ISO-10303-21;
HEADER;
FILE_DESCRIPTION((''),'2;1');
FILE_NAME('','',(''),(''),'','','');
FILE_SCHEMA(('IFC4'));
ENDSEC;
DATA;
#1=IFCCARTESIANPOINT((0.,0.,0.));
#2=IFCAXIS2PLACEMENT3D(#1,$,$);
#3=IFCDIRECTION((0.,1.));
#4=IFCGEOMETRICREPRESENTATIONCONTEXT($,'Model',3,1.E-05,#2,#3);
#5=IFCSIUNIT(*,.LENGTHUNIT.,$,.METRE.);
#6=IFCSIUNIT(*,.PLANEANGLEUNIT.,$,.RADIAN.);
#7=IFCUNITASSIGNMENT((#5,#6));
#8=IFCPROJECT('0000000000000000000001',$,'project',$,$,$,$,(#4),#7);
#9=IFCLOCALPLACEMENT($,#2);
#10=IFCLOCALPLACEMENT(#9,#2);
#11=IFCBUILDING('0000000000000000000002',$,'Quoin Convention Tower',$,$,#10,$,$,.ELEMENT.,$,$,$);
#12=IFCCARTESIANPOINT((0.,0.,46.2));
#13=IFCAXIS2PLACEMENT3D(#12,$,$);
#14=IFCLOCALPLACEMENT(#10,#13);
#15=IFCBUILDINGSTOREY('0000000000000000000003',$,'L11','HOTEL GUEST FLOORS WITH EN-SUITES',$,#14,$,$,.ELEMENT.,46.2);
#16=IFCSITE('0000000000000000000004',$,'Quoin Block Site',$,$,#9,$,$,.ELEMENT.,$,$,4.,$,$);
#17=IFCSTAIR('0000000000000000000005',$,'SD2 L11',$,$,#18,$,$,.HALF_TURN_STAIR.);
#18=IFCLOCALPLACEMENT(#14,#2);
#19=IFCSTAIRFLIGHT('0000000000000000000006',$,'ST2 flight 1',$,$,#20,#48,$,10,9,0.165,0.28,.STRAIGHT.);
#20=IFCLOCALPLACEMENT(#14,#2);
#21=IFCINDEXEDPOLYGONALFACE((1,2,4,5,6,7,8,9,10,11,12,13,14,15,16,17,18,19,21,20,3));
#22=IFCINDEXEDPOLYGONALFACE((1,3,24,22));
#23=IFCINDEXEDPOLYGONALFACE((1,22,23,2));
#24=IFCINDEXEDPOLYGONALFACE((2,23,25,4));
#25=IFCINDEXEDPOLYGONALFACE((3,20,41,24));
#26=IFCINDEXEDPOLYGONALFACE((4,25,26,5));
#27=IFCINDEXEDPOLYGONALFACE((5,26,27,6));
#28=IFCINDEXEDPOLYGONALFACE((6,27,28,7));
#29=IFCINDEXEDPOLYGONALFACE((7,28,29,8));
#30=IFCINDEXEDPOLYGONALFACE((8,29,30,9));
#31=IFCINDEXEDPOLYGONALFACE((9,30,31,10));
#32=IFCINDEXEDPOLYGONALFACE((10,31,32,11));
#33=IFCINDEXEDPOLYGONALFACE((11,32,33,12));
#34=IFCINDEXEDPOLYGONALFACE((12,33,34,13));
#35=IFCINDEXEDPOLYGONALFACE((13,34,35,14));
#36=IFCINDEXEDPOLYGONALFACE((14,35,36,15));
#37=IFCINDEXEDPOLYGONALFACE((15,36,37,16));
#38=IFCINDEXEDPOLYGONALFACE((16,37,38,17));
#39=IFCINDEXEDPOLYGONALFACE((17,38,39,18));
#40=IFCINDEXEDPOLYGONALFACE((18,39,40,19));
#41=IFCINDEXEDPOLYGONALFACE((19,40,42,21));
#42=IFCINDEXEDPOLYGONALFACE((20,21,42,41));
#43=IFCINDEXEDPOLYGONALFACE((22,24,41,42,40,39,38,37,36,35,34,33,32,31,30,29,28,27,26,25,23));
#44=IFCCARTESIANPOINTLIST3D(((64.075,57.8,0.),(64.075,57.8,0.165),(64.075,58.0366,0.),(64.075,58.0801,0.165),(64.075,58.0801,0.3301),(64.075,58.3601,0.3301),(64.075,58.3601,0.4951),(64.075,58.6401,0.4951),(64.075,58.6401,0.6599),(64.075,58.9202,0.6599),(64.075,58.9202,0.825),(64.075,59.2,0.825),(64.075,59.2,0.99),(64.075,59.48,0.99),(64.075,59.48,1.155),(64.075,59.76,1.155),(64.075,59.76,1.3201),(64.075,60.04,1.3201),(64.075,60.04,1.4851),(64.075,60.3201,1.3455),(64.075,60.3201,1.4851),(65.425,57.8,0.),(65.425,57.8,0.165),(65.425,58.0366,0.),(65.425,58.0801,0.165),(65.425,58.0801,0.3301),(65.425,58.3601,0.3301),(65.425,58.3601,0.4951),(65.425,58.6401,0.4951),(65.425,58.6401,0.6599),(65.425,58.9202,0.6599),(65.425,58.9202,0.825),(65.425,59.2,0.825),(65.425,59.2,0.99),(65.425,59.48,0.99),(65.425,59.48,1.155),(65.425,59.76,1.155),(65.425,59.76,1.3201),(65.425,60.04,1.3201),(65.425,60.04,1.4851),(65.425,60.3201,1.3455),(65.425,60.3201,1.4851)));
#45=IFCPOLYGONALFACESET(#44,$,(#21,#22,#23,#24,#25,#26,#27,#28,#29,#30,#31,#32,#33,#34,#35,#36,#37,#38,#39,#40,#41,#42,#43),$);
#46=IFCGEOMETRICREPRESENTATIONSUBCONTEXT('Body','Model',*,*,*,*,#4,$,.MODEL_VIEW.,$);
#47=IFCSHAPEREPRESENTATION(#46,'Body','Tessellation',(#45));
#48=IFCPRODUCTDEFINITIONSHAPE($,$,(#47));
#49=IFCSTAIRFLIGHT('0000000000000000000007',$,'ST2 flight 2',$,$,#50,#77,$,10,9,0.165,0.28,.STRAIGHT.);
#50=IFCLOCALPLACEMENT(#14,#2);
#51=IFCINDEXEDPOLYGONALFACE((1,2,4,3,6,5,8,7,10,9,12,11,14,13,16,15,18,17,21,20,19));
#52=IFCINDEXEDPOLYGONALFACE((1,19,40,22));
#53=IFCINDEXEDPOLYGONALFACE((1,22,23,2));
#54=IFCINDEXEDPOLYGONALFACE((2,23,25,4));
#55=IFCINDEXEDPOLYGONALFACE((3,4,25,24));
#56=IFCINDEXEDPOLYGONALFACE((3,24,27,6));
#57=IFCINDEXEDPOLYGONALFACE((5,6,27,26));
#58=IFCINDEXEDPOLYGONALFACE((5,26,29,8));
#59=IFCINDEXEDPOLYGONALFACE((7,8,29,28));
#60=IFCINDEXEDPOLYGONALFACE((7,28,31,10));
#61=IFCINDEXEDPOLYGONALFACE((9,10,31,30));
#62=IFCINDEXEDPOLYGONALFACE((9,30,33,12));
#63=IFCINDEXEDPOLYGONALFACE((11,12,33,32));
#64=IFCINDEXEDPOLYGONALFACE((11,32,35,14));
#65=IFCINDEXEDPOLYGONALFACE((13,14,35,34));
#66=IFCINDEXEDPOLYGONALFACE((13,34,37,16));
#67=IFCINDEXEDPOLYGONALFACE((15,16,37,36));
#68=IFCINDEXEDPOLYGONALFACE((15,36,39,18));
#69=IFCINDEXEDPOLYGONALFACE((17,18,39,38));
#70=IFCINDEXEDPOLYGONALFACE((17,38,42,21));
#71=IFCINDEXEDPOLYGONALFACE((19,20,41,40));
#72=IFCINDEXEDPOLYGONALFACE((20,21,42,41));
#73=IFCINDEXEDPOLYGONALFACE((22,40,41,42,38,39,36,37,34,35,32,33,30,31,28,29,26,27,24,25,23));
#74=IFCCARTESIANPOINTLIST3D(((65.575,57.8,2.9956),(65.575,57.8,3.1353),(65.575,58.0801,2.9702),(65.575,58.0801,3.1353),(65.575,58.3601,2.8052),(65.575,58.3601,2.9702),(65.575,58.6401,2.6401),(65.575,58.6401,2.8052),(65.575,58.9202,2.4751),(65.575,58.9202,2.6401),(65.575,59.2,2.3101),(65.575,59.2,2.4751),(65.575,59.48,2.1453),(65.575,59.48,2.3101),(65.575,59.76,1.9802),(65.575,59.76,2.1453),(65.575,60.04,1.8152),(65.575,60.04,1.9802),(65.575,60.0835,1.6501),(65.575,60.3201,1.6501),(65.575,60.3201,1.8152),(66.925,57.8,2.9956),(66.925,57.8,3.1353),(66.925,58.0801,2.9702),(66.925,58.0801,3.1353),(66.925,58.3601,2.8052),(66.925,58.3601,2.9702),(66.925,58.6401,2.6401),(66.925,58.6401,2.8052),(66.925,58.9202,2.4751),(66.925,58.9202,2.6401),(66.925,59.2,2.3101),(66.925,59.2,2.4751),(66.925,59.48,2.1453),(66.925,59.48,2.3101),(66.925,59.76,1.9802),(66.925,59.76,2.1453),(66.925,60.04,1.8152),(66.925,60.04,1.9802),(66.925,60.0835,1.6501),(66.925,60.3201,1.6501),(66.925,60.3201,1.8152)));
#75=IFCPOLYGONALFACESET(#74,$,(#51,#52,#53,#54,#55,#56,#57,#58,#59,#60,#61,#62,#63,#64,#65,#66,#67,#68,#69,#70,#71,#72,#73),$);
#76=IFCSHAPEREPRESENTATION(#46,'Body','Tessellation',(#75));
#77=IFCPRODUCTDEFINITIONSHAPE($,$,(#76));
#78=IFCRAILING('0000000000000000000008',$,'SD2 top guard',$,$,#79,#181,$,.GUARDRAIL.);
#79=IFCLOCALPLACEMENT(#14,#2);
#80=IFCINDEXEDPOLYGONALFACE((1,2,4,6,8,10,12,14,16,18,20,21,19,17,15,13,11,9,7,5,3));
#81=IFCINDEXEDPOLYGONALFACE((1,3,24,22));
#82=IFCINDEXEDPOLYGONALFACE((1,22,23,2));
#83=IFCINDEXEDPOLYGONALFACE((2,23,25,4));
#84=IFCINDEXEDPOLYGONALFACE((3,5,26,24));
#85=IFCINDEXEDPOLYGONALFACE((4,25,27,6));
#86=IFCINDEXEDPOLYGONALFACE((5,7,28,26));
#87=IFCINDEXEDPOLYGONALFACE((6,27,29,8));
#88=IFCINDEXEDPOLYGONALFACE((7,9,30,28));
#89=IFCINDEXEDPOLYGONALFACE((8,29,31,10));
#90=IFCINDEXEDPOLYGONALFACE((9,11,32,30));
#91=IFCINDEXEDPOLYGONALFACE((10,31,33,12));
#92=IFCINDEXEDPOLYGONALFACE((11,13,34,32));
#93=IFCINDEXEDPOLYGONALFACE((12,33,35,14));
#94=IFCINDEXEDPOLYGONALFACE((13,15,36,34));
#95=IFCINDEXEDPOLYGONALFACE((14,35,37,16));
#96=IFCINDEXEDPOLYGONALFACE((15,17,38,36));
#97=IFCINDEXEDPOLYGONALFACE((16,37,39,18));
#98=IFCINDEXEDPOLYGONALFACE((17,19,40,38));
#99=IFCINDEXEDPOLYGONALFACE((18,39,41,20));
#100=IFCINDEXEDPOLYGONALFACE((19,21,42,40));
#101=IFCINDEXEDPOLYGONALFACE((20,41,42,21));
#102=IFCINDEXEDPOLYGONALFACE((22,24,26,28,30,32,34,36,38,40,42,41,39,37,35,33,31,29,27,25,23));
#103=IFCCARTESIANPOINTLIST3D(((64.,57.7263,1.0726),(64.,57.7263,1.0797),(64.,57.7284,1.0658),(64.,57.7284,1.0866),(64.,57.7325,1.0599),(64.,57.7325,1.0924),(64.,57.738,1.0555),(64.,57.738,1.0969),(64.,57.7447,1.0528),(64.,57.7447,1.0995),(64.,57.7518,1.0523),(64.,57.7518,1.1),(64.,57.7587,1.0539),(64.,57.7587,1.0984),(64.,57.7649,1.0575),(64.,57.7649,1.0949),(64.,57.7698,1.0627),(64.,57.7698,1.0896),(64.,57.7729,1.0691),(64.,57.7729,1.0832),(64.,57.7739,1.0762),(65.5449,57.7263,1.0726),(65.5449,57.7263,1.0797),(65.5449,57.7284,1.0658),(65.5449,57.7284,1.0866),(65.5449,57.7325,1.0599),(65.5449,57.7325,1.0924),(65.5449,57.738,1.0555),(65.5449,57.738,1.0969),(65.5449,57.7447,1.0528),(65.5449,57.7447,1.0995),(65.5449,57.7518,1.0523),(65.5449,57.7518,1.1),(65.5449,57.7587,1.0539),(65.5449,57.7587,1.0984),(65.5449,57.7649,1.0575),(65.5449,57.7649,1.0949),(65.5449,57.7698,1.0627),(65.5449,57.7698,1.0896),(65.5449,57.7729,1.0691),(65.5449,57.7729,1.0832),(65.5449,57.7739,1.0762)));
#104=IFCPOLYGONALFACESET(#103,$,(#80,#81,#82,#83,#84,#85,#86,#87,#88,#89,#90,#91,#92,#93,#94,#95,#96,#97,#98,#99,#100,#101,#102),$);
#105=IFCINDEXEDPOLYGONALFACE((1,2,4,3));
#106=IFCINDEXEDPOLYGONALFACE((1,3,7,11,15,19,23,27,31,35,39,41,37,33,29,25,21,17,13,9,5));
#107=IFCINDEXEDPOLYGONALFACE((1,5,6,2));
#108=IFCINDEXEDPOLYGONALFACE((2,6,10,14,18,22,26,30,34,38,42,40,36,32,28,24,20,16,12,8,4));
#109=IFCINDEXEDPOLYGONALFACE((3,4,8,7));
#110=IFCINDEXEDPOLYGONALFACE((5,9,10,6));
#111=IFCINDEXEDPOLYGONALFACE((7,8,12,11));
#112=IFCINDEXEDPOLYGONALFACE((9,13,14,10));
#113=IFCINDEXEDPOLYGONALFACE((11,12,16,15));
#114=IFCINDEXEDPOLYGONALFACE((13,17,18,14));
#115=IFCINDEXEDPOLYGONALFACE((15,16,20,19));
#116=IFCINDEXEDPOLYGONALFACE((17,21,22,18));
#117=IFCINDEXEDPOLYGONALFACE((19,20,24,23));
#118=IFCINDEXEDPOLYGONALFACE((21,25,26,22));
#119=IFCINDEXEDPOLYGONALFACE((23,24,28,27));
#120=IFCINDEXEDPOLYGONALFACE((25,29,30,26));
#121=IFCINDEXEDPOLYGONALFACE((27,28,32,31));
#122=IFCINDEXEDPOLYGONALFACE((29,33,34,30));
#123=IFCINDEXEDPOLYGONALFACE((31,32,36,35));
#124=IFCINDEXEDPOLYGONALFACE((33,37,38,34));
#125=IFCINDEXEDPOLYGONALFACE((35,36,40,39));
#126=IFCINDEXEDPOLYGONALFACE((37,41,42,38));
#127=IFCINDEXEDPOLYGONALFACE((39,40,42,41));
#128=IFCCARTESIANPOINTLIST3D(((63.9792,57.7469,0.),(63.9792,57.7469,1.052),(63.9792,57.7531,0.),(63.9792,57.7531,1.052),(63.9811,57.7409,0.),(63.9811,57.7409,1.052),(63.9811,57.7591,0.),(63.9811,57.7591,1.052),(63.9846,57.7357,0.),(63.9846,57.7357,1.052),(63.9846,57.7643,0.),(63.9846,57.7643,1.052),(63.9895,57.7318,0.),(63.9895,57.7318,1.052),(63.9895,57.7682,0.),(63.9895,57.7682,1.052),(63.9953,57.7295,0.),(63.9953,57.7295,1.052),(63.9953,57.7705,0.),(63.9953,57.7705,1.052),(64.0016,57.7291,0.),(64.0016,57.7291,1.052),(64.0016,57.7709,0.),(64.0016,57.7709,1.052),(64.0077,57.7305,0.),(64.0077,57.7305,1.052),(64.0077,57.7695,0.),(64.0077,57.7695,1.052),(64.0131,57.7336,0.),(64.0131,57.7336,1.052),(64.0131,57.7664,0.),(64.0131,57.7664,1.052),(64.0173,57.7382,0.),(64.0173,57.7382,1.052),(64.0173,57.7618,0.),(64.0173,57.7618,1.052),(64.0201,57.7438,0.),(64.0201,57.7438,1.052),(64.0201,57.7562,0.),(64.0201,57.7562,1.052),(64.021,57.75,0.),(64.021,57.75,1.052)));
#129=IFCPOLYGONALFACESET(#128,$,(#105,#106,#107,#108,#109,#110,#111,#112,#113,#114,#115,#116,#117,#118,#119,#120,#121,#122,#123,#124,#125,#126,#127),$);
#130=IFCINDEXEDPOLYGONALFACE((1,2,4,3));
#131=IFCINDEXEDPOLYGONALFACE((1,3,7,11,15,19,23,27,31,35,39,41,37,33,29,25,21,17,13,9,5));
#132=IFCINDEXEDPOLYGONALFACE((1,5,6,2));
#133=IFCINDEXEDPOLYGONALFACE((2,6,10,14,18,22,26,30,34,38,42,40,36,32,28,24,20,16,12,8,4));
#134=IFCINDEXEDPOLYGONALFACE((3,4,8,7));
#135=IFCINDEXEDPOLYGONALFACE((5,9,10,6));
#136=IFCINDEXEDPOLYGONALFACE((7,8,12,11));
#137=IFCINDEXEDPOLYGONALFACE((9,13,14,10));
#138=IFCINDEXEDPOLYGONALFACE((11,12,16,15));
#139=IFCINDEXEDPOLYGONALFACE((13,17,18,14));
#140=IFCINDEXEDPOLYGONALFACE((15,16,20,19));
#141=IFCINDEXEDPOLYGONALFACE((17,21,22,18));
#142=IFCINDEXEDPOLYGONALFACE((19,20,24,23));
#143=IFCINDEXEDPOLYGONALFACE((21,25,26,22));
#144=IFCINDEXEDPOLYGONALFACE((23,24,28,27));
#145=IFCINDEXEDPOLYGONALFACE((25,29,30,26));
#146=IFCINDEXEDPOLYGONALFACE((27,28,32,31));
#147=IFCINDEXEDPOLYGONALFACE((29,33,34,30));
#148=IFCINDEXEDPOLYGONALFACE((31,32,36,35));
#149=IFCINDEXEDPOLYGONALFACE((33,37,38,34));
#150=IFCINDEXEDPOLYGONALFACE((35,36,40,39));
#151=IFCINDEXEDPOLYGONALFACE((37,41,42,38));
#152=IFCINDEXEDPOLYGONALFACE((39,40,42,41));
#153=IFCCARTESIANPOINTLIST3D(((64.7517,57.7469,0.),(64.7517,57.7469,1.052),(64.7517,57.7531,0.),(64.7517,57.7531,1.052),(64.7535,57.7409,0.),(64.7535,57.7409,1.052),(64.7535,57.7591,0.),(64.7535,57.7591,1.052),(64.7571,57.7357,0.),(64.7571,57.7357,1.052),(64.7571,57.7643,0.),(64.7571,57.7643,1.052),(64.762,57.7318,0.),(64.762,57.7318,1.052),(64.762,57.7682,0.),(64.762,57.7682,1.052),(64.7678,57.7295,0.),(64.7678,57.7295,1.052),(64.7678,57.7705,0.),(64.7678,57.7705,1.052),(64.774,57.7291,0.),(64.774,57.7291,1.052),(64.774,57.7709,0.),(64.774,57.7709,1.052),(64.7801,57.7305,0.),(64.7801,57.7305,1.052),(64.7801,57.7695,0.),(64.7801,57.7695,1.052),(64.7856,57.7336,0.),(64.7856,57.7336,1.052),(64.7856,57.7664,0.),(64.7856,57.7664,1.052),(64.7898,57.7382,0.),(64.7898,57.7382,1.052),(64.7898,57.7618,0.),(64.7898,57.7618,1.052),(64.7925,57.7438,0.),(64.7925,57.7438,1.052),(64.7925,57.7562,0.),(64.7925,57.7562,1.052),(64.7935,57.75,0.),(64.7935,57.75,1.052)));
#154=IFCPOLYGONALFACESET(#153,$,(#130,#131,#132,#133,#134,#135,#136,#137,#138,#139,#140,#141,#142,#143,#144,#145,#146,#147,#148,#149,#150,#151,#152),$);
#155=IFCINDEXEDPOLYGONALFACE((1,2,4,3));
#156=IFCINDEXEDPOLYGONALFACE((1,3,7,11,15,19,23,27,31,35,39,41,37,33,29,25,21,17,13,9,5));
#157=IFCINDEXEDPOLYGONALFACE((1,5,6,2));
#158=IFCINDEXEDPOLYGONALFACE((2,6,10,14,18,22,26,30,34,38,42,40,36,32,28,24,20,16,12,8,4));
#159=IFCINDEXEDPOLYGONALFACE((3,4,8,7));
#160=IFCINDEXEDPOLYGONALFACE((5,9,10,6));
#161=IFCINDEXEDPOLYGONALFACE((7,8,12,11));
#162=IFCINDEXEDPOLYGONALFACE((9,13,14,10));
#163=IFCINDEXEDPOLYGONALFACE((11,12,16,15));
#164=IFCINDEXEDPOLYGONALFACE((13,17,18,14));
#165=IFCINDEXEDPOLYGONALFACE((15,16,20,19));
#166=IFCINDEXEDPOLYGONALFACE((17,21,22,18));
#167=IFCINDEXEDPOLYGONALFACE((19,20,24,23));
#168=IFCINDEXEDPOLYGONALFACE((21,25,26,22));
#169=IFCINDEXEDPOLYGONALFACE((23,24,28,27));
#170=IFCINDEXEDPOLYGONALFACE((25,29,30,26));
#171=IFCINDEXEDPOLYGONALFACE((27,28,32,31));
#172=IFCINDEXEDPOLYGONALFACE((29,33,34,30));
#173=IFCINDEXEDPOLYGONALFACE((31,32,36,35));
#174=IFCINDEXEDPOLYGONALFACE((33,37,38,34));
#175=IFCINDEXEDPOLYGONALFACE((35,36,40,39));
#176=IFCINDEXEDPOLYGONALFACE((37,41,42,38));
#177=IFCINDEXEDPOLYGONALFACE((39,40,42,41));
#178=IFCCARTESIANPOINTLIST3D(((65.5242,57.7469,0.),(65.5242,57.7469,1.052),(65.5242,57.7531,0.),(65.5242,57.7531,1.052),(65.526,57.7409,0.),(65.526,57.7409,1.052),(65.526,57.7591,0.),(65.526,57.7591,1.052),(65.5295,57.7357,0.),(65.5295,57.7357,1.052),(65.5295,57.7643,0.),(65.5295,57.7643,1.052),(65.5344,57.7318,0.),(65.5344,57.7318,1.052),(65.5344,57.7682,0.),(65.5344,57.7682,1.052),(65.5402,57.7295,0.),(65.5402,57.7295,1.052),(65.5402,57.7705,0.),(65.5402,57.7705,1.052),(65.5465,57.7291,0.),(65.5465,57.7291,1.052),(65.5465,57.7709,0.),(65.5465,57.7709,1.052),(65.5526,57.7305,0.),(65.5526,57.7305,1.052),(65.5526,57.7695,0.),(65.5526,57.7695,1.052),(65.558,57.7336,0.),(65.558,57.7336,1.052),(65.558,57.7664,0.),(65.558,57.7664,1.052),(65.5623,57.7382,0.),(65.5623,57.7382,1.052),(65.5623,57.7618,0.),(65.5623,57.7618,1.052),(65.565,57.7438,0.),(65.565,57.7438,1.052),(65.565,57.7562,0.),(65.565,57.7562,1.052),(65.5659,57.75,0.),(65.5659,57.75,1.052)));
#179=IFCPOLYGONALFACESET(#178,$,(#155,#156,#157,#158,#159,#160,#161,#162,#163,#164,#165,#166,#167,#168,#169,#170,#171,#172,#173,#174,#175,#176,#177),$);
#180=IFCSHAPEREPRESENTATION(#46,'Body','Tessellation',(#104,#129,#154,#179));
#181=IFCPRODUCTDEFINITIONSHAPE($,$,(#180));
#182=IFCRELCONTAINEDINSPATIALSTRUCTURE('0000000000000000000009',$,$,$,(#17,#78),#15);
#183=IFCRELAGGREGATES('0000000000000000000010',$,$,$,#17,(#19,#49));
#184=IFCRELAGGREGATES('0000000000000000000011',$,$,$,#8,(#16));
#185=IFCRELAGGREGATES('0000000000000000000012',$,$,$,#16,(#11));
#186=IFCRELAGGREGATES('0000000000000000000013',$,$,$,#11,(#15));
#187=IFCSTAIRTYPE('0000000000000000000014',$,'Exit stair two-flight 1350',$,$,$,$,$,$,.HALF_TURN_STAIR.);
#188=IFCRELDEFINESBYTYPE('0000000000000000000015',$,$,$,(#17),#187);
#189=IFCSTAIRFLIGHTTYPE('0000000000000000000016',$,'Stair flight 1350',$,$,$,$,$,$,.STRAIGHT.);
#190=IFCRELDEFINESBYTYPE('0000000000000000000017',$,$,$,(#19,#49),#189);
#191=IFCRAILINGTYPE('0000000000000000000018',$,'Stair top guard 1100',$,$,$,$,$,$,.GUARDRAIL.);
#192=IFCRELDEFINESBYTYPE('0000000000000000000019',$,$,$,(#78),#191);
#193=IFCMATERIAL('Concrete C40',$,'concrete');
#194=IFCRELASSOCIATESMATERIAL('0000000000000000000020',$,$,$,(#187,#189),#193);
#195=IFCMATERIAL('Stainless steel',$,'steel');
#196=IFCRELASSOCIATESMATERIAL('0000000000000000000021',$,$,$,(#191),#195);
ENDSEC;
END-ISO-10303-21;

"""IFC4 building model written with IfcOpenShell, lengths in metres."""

from ifc_helpers import new_model, si_unit, direction, frame, origin, origin_2d, place, context, subcontext, project, spatial, polyline, circle, outline, extrude, material, type_object, element, aggregate, save


model = new_model("IFC4")

# Units and contexts
model_context = context("Model", 3, precision=1e-05, world=origin(), true_north=direction((0.0, 1.0)))
body_context = subcontext(model_context, "Body", "Model", "MODEL_VIEW")
ifc_project = project(units=[si_unit("LENGTHUNIT", "METRE"), si_unit("PLANEANGLEUNIT", "RADIAN")], contexts=[model_context])

# Site, building, storey
site_placement = place(None, origin())
site = spatial("IfcSite", under=ifc_project, at=site_placement, Name="Quoin Block Site", CompositionType="ELEMENT", RefElevation=4.0)
building_placement = place(site_placement, origin())
building = spatial("IfcBuilding", under=site, at=building_placement, Name="Quoin Convention Tower", CompositionType="ELEMENT")
storey_placement = place(building_placement, frame((0.0, 0.0, 46.2)))
storey = spatial("IfcBuildingStorey", under=building, at=storey_placement, Name="L11", Description="HOTEL GUEST FLOORS WITH EN-SUITES", CompositionType="ELEMENT", Elevation=46.2)

# Stair, stair flights
ifc_material_1 = material(Name="Concrete C40", Category="concrete")
stair_type = type_object("IfcStairType", Name="Exit stair two-flight 1350", PredefinedType="HALF_TURN_STAIR", material=ifc_material_1)
stair_placement = place(storey_placement, origin())
stair = element("IfcStair", 1, at=stair_placement, inside=storey, type_object=stair_type, Name="SD2 L11", PredefinedType="HALF_TURN_STAIR")
stair_flight_type = type_object("IfcStairFlightType", Name="Stair flight 1350", PredefinedType="STRAIGHT", material=ifc_material_1)
stair_flight_1_placement = place(storey_placement, frame((64.75, 57.8, 0.0), z_axis=(0.0, 0.0, 1.0), x_axis=(0.0, 1.0, 0.0)))
stair_flight_1 = element("IfcStairFlight", 2, at=stair_flight_1_placement, type_object=stair_flight_type, Name="ST2 flight 1", NumberOfRisers=10, NumberOfTreads=9, PredefinedType="STRAIGHT", RiserHeight=0.165, TreadLength=0.28, context=body_context, shape_type="SweptSolid", body=[
    extrude(outline(polyline([(0.0, 0.0), (0.0, 0.165), (0.28, 0.165), (0.28, 0.3301), (0.5601, 0.3301), (0.5601, 0.4951), (0.8401, 0.4951), (0.8401, 0.6599), (1.1201, 0.6599), (1.1201, 0.825), (1.3999, 0.825), (1.3999, 0.99), (1.6799, 0.99), (1.6799, 1.155), (1.96, 1.155), (1.96, 1.3201), (2.24, 1.3201), (2.24, 1.4851), (2.52, 1.4851), (2.52, 1.6499), (2.52, 1.3455), (0.2366, 0.0), (0.0, 0.0)])), frame((0.0, 0.675, 0.0), z_axis=(0.0, -1.0, 0.0), x_axis=(1.0, 0.0, 0.0)), (0.0, 0.0, 1.0), 1.3501),
])
stair_flight_2_placement = place(storey_placement, frame((66.25, 60.3201, 1.6501), z_axis=(0.0, 0.0, 1.0), x_axis=(0.0, -1.0, 0.0)))
stair_flight_2 = element("IfcStairFlight", 3, at=stair_flight_2_placement, type_object=stair_flight_type, Name="ST2 flight 2", NumberOfRisers=10, NumberOfTreads=9, PredefinedType="STRAIGHT", RiserHeight=0.165, TreadLength=0.28, context=body_context, shape_type="SweptSolid", body=[
    extrude(outline(polyline([(0.0, 0.0), (0.0, 0.165), (0.28, 0.165), (0.28, 0.3301), (0.5601, 0.3301), (0.5601, 0.4951), (0.8401, 0.4951), (0.8401, 0.6599), (1.1201, 0.6599), (1.1201, 0.825), (1.3999, 0.825), (1.3999, 0.99), (1.6799, 0.99), (1.6799, 1.155), (1.96, 1.155), (1.96, 1.3201), (2.24, 1.3201), (2.24, 1.4851), (2.52, 1.4851), (2.52, 1.6499), (2.52, 1.3455), (0.2366, 0.0), (0.0, 0.0)])), frame((0.0, 0.675, 0.0), z_axis=(0.0, -1.0, 0.0), x_axis=(1.0, 0.0, 0.0)), (0.0, 0.0, 1.0), 1.3501),
])
aggregate(stair, [stair_flight_1, stair_flight_2])

# Railing
ifc_material_2 = material(Name="Stainless steel", Category="steel")
railing_type_1 = type_object("IfcRailingType", Name="Stair top guard 1100", PredefinedType="GUARDRAIL", material=ifc_material_2)
railing_1_placement = place(storey_placement, frame((64.0, 57.75, 0.0)))
element("IfcRailing", 4, at=railing_1_placement, inside=storey, type_object=railing_type_1, Name="SD2 top guard", PredefinedType="GUARDRAIL", context=body_context, shape_type="SweptSolid", body=[
    extrude(circle(Radius=0.0239, at=origin_2d()), frame((0.0, 0.0, 1.0762), z_axis=(1.0, 0.0, 0.0), x_axis=(0.0, 1.0, 0.0)), (0.0, 0.0, 1.0), 1.5449),
    extrude(circle(Radius=0.021, at=origin_2d()), origin(), (0.0, 0.0, 1.0), 1.052),
    extrude(circle(Radius=0.021, at=origin_2d()), frame((0.7725, 0.0, 0.0)), (0.0, 0.0, 1.0), 1.052),
    extrude(circle(Radius=0.021, at=origin_2d()), frame((1.5449, 0.0, 0.0)), (0.0, 0.0, 1.0), 1.052),
])

save(model, "model.ifc")
